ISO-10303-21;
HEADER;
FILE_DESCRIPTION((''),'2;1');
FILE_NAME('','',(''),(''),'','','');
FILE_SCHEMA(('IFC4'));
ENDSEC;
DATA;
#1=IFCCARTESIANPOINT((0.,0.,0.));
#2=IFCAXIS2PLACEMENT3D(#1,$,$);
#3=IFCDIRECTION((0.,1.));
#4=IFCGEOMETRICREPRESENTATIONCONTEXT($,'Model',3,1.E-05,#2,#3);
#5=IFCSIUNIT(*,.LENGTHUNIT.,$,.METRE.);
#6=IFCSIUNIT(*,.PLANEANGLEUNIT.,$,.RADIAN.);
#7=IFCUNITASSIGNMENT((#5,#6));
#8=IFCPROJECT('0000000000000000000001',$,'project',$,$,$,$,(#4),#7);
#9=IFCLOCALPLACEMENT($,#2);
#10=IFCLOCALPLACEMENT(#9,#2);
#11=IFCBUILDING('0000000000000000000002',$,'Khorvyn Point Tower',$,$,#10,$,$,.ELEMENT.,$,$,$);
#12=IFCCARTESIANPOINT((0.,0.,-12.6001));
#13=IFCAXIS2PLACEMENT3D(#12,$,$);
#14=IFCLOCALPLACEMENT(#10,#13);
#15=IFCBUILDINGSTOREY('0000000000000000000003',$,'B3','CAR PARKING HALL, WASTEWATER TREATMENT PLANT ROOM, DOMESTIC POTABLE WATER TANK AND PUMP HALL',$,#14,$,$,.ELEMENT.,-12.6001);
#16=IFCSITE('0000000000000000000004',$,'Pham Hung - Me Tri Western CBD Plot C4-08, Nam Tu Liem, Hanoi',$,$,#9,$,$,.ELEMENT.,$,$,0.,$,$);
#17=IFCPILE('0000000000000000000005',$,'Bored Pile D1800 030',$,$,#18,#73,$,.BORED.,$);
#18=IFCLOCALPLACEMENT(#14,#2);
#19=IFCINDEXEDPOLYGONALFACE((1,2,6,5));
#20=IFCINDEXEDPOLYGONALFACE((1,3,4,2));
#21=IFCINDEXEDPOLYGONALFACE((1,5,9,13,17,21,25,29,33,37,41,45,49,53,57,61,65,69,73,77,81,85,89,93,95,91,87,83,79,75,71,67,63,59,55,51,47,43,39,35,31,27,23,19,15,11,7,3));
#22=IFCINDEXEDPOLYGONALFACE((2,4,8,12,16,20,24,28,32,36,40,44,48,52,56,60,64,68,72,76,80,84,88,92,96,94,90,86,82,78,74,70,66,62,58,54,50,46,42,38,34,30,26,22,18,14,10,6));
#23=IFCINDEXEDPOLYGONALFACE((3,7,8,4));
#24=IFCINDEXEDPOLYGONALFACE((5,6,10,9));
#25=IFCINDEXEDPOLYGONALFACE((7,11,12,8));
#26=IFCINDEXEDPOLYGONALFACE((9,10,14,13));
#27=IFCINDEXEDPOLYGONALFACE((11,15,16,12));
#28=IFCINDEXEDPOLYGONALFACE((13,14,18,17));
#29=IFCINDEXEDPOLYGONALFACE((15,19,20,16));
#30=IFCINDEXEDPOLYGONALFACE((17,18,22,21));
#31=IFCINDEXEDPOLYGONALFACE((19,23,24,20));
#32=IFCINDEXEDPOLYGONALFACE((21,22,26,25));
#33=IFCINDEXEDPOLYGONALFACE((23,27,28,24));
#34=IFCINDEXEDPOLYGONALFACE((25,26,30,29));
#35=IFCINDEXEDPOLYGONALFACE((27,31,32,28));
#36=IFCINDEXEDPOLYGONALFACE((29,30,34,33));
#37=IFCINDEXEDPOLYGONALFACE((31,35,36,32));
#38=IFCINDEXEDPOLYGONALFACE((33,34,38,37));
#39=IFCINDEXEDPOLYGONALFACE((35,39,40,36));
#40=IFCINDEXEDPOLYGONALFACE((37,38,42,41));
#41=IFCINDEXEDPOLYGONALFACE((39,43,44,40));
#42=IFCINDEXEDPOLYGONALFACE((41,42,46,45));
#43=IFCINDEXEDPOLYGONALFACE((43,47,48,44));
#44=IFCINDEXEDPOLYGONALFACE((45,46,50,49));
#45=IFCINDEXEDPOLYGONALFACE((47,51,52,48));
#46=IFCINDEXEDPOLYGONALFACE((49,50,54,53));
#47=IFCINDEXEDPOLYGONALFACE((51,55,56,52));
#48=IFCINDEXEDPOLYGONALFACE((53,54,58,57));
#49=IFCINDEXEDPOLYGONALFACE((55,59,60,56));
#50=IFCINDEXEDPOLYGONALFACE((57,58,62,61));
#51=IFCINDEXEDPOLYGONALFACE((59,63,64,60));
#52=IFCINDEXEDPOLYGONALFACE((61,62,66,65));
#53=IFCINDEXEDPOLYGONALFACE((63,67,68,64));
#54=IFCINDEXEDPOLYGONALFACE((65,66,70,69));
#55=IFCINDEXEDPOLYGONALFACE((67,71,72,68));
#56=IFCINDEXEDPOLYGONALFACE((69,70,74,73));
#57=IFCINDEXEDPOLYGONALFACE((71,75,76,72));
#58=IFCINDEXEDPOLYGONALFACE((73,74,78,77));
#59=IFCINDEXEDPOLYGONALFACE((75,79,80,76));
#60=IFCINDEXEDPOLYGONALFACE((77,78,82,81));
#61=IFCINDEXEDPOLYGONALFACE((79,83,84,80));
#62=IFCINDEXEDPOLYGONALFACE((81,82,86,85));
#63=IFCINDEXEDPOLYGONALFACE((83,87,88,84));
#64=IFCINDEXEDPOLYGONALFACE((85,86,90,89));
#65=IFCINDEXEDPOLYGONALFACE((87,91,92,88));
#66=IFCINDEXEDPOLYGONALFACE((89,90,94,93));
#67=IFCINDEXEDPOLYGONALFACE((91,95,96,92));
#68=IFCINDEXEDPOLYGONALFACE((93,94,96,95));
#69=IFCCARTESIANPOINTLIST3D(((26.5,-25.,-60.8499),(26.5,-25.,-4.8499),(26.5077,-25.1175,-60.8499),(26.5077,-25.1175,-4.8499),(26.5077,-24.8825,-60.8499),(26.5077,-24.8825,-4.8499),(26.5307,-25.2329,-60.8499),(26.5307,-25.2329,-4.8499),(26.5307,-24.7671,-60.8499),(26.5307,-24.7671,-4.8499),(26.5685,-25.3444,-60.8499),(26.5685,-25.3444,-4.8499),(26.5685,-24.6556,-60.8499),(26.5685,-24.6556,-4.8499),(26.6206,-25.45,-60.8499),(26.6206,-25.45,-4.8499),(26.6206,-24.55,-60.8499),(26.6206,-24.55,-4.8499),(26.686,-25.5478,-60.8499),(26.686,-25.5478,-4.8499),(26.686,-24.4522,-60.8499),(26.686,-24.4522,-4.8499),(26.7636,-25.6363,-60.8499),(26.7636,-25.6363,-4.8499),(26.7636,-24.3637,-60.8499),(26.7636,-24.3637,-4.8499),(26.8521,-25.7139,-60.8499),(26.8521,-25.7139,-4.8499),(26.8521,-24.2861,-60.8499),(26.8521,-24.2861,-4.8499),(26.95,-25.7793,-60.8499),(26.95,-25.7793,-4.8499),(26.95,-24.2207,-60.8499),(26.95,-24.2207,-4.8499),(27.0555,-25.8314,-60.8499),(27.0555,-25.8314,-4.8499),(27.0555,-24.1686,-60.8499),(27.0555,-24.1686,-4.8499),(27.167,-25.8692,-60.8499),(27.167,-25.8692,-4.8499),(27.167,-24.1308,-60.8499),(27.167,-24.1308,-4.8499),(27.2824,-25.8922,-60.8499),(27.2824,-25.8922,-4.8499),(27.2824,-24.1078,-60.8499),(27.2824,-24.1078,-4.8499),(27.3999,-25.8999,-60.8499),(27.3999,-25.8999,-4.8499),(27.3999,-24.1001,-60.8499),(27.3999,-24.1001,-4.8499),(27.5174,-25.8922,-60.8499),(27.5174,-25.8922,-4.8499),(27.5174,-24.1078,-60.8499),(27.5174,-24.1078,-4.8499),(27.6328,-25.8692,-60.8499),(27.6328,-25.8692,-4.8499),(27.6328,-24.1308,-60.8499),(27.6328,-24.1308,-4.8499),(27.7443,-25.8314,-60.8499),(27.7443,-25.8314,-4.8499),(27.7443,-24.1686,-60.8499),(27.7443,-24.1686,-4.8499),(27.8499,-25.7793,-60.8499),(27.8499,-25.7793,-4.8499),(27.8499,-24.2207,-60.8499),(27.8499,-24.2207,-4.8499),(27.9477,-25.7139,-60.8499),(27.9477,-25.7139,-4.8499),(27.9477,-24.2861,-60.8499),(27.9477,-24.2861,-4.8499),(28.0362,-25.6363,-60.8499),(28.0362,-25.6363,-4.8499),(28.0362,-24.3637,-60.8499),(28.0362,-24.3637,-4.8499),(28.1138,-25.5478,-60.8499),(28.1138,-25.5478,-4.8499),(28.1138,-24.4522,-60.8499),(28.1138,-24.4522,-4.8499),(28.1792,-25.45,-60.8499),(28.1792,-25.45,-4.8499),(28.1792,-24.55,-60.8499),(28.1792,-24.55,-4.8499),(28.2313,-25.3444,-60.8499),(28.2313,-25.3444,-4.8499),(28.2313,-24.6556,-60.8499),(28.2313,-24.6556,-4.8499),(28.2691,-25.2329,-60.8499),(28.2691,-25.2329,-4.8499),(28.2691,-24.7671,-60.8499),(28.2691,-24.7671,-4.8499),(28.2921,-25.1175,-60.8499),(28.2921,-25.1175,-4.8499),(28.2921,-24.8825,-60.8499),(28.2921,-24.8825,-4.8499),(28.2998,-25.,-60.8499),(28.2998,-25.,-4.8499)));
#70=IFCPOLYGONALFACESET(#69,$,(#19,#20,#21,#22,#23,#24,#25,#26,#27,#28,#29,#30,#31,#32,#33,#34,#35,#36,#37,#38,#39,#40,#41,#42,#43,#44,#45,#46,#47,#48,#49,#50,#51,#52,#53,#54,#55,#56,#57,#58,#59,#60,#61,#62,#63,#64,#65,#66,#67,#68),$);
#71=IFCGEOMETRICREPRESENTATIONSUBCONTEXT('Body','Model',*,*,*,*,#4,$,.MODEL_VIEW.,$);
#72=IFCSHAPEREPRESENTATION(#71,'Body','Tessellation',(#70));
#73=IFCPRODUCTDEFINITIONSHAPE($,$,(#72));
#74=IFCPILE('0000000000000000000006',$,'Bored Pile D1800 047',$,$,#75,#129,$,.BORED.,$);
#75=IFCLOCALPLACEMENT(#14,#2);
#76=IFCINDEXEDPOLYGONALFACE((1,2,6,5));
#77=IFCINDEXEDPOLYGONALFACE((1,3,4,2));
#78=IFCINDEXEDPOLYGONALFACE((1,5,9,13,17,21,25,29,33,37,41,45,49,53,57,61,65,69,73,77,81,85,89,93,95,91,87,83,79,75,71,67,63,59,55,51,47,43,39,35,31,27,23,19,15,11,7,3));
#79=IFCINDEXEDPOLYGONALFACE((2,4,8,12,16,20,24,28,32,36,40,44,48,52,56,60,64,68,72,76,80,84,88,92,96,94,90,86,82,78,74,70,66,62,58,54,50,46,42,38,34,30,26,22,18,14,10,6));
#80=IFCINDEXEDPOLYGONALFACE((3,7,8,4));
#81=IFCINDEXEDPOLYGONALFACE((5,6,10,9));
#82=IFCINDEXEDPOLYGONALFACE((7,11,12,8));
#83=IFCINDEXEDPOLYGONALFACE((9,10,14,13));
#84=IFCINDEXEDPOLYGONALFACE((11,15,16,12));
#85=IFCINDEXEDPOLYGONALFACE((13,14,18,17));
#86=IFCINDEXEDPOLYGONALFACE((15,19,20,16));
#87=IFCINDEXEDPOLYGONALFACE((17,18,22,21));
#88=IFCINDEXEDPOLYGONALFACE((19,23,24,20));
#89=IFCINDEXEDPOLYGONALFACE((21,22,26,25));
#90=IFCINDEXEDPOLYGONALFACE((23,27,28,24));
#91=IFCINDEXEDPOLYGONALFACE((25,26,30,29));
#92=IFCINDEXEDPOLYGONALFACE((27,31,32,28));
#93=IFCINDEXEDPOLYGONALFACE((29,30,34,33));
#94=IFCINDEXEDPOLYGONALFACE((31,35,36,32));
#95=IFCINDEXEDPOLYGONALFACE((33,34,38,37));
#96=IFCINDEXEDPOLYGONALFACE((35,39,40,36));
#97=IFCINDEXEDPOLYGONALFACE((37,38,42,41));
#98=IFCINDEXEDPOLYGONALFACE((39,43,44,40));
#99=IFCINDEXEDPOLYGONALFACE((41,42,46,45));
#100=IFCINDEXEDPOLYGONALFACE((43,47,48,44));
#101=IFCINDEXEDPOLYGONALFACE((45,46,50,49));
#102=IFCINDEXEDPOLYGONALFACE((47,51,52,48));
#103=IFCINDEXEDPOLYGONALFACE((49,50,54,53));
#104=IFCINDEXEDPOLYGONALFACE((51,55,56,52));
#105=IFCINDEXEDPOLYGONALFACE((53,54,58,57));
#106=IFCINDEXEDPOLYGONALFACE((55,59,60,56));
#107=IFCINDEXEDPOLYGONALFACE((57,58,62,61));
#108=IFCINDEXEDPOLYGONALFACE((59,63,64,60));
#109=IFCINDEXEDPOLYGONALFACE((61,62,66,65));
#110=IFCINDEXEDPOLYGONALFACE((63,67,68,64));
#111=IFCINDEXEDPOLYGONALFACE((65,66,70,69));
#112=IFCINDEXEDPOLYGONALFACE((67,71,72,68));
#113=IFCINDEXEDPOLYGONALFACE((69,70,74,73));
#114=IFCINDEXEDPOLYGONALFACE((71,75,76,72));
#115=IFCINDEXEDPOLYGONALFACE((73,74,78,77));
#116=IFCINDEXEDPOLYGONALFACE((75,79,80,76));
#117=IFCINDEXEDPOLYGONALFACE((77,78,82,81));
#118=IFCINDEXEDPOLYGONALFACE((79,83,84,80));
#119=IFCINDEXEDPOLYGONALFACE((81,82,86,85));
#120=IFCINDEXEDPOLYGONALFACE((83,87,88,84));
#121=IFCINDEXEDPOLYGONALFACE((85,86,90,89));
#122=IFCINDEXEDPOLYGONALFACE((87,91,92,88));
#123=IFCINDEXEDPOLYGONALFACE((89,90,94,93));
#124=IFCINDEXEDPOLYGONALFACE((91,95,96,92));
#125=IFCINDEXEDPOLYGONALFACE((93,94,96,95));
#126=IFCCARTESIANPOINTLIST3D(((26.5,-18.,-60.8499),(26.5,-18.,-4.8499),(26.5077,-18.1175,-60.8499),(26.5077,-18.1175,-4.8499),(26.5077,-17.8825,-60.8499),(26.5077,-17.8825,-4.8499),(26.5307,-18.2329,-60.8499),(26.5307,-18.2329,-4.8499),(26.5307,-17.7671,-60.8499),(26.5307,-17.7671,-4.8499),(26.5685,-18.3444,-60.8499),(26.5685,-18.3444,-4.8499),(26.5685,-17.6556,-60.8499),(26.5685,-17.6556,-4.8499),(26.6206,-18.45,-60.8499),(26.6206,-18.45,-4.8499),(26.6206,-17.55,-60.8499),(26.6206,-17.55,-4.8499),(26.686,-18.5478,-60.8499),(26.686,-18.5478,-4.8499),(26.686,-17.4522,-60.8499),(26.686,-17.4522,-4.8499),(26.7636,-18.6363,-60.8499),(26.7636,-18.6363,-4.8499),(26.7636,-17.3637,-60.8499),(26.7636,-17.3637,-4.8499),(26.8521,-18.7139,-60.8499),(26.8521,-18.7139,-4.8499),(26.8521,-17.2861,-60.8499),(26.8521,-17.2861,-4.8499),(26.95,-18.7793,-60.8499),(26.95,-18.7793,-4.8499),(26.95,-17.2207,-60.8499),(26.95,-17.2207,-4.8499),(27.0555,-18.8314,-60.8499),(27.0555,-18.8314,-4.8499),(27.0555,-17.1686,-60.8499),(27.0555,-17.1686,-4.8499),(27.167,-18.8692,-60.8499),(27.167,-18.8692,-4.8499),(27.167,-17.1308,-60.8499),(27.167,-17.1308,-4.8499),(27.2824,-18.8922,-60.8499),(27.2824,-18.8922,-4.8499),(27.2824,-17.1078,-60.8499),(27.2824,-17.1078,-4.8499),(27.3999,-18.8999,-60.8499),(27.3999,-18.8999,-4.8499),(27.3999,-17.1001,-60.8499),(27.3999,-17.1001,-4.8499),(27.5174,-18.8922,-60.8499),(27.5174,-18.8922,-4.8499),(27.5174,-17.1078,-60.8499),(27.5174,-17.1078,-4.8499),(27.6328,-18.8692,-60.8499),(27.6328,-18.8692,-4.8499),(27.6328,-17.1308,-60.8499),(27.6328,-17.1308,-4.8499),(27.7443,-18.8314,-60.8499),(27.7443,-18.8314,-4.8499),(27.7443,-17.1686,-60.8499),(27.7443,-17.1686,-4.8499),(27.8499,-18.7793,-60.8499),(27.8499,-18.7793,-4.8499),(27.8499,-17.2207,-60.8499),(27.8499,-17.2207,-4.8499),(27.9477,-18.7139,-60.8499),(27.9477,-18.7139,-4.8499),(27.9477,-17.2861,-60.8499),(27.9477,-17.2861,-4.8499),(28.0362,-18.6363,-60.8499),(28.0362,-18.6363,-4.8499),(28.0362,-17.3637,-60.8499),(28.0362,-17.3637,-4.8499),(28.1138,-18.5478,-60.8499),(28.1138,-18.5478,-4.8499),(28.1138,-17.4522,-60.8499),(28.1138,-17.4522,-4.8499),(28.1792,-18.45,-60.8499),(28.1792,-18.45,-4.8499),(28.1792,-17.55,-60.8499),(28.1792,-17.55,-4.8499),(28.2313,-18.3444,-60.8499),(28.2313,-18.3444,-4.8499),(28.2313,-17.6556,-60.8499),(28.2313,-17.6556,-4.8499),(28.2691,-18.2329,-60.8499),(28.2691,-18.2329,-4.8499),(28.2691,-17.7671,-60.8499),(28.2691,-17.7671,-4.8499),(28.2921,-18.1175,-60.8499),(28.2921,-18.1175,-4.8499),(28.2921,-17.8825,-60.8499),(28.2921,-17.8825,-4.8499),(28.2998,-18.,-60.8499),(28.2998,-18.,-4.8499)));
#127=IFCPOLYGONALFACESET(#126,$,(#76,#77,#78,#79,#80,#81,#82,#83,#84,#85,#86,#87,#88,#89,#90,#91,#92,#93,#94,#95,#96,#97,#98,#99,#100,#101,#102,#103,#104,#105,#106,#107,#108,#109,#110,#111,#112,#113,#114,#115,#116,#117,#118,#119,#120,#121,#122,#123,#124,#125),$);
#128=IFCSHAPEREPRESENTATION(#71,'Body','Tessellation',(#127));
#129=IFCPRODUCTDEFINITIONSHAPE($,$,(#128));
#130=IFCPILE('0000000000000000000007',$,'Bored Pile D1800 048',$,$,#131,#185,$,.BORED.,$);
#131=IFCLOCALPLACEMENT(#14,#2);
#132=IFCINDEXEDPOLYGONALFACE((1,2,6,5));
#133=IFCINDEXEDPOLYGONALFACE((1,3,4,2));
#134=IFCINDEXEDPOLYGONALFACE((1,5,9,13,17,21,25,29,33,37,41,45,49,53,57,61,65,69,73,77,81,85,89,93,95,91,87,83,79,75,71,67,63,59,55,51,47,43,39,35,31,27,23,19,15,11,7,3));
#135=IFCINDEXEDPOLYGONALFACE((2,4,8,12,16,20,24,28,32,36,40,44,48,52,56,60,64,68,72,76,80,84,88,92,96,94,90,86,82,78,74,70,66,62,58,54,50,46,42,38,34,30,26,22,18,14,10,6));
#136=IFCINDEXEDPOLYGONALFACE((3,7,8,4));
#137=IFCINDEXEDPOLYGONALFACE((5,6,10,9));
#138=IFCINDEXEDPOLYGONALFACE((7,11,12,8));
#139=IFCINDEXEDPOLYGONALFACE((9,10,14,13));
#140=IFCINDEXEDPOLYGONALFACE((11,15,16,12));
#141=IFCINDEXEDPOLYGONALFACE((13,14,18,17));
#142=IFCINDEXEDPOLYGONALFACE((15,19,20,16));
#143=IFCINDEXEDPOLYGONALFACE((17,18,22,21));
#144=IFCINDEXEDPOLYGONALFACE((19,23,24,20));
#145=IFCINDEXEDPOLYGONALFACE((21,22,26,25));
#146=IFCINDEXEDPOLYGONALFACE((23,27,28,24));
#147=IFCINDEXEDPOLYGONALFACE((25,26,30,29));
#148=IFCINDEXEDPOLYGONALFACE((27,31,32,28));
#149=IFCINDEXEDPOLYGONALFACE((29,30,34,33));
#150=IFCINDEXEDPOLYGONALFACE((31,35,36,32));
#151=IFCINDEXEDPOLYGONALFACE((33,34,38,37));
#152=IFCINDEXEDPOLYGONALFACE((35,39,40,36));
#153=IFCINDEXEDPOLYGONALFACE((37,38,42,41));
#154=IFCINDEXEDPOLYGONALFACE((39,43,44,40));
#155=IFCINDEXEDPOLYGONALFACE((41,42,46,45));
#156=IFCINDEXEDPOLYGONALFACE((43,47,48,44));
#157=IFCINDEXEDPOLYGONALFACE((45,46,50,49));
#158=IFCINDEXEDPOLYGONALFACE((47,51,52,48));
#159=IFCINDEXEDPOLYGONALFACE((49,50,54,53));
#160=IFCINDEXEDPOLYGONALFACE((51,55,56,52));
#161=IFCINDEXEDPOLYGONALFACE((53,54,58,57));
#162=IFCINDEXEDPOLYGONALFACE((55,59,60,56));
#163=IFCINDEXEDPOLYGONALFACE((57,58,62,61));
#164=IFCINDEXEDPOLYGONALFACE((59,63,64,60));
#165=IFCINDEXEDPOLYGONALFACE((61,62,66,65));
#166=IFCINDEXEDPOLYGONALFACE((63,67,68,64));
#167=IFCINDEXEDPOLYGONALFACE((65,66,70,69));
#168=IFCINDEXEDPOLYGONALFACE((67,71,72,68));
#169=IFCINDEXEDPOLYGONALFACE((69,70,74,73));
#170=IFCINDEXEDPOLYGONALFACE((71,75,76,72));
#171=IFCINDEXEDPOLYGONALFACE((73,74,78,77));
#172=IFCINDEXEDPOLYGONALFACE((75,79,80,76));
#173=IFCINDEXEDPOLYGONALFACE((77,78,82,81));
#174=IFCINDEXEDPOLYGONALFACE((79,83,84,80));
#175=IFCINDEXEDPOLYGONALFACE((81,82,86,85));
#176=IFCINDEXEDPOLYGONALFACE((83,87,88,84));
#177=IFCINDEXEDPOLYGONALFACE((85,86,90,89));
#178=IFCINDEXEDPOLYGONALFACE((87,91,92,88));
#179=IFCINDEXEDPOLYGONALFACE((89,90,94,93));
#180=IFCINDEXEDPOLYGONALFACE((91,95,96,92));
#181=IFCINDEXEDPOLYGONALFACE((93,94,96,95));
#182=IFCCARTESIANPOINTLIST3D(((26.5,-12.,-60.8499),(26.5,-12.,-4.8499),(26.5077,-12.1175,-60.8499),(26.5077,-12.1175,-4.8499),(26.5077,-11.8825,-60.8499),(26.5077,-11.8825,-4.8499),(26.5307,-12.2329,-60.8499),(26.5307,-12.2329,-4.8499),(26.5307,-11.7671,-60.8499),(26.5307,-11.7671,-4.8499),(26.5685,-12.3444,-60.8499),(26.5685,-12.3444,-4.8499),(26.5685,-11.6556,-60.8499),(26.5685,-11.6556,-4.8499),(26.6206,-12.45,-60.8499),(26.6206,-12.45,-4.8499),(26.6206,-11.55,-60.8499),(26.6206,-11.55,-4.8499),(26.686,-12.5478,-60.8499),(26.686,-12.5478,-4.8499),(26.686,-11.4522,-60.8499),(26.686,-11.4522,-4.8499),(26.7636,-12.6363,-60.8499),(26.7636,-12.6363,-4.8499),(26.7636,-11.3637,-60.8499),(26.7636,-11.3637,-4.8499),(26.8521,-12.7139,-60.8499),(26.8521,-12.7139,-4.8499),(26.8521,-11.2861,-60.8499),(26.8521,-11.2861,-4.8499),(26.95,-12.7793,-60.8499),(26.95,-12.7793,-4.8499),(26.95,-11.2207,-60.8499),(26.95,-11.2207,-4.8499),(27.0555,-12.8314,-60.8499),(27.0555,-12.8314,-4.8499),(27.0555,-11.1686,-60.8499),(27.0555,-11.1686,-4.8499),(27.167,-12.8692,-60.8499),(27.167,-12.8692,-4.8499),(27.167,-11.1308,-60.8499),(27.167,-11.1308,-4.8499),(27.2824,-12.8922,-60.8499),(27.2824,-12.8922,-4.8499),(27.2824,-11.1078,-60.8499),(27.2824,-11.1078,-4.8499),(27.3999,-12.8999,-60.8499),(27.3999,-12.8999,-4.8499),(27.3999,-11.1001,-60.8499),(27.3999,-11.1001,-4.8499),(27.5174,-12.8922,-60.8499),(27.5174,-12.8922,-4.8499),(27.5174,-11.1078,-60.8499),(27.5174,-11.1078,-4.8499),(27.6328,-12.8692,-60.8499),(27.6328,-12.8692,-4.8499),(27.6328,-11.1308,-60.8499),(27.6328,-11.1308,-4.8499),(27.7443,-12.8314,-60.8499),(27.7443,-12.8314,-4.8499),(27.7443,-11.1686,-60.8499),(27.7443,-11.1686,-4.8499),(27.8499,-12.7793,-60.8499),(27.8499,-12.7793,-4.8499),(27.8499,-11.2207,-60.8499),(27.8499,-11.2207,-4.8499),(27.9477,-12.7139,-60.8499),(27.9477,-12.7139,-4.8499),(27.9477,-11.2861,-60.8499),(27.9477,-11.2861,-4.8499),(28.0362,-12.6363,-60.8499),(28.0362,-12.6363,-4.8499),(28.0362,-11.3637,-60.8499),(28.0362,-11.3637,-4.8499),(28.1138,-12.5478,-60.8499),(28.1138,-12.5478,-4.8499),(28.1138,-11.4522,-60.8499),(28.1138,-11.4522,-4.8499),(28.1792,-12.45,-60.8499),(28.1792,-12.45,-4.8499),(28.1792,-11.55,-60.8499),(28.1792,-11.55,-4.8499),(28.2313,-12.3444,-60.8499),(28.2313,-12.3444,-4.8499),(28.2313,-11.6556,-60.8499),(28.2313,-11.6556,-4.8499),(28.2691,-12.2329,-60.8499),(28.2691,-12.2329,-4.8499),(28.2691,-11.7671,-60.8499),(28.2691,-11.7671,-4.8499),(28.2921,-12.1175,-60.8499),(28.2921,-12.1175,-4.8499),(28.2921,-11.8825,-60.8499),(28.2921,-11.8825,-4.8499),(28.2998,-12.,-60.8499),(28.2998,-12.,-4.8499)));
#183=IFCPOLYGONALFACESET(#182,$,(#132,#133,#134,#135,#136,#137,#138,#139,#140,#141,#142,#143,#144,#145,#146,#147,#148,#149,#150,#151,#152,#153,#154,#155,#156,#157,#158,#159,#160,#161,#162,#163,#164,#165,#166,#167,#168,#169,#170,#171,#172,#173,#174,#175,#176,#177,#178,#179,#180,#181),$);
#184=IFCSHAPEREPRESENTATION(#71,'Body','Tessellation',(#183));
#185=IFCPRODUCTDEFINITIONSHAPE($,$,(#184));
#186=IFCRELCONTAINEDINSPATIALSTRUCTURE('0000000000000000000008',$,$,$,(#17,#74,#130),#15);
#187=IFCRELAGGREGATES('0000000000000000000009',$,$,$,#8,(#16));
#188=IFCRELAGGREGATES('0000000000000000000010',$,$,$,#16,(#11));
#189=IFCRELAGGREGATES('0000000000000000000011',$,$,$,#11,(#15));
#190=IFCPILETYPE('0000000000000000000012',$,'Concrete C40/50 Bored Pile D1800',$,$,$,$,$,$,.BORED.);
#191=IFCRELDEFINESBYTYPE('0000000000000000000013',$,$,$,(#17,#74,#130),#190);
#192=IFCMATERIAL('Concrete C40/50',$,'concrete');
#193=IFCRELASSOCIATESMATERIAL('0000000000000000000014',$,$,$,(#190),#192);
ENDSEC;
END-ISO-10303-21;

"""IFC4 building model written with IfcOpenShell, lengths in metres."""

from ifc_helpers import new_model, si_unit, direction, frame, origin, origin_2d, place, context, subcontext, project, spatial, circle, extrude, material, material_profile, profile_set, type_object, element, save


model = new_model("IFC4")

# Units and contexts
model_context = context("Model", 3, precision=1e-05, world=origin(), true_north=direction((0.0, 1.0)))
body_context = subcontext(model_context, "Body", "Model", "MODEL_VIEW")
ifc_project = project(units=[si_unit("LENGTHUNIT", "METRE"), si_unit("PLANEANGLEUNIT", "RADIAN")], contexts=[model_context])

# Site, building, storey
site_placement = place(None, origin())
site = spatial("IfcSite", under=ifc_project, at=site_placement, Name="Pham Hung - Me Tri Western CBD Plot C4-08, Nam Tu Liem, Hanoi", CompositionType="ELEMENT", RefElevation=0.0)
building_placement = place(site_placement, origin())
building = spatial("IfcBuilding", under=site, at=building_placement, Name="Khorvyn Point Tower", CompositionType="ELEMENT")
storey_placement = place(building_placement, frame((0.0, 0.0, -12.6001)))
storey = spatial("IfcBuildingStorey", under=building, at=storey_placement, Name="B3", Description="CAR PARKING HALL, WASTEWATER TREATMENT PLANT ROOM, DOMESTIC POTABLE WATER TANK AND PUMP HALL", CompositionType="ELEMENT", Elevation=-12.6001)

# Piles
ifc_material_1 = material(Name="Concrete C40/50", Category="concrete")
ifc_material_profile_1 = material_profile(ifc_material_1, circle(Radius=0.8999, at=origin_2d()))
ifc_profile_set_1 = profile_set([ifc_material_profile_1], Name="Concrete C40/50 PILE-D1800")
pile_type_1 = type_object("IfcPileType", Name="Concrete C40/50 Bored Pile D1800", PredefinedType="BORED", material=ifc_profile_set_1)
for number, where, z_axis, x_axis, name in (
    (1, (27.3999, -25.0, -4.8499), (0.0, 0.0, -1.0), (1.0, 0.0, 0.0), "Bored Pile D1800 030"),
    (2, (27.3999, -18.0, -4.8499), (0.0, 0.0, -1.0), (1.0, 0.0, 0.0), "Bored Pile D1800 047"),
    (3, (27.3999, -12.0, -4.8499), (0.0, 0.0, -1.0), (1.0, 0.0, 0.0), "Bored Pile D1800 048"),
):
    element("IfcPile", number, at=place(storey_placement, frame(where, z_axis=z_axis, x_axis=x_axis)), inside=storey, type_object=pile_type_1, Name=name, PredefinedType="BORED", context=body_context, shape_type="SweptSolid", body=[
        extrude(circle(Radius=0.8999, at=origin_2d()), origin(), (0.0, 0.0, 1.0), 56.0),
    ])

save(model, "model.ifc")
